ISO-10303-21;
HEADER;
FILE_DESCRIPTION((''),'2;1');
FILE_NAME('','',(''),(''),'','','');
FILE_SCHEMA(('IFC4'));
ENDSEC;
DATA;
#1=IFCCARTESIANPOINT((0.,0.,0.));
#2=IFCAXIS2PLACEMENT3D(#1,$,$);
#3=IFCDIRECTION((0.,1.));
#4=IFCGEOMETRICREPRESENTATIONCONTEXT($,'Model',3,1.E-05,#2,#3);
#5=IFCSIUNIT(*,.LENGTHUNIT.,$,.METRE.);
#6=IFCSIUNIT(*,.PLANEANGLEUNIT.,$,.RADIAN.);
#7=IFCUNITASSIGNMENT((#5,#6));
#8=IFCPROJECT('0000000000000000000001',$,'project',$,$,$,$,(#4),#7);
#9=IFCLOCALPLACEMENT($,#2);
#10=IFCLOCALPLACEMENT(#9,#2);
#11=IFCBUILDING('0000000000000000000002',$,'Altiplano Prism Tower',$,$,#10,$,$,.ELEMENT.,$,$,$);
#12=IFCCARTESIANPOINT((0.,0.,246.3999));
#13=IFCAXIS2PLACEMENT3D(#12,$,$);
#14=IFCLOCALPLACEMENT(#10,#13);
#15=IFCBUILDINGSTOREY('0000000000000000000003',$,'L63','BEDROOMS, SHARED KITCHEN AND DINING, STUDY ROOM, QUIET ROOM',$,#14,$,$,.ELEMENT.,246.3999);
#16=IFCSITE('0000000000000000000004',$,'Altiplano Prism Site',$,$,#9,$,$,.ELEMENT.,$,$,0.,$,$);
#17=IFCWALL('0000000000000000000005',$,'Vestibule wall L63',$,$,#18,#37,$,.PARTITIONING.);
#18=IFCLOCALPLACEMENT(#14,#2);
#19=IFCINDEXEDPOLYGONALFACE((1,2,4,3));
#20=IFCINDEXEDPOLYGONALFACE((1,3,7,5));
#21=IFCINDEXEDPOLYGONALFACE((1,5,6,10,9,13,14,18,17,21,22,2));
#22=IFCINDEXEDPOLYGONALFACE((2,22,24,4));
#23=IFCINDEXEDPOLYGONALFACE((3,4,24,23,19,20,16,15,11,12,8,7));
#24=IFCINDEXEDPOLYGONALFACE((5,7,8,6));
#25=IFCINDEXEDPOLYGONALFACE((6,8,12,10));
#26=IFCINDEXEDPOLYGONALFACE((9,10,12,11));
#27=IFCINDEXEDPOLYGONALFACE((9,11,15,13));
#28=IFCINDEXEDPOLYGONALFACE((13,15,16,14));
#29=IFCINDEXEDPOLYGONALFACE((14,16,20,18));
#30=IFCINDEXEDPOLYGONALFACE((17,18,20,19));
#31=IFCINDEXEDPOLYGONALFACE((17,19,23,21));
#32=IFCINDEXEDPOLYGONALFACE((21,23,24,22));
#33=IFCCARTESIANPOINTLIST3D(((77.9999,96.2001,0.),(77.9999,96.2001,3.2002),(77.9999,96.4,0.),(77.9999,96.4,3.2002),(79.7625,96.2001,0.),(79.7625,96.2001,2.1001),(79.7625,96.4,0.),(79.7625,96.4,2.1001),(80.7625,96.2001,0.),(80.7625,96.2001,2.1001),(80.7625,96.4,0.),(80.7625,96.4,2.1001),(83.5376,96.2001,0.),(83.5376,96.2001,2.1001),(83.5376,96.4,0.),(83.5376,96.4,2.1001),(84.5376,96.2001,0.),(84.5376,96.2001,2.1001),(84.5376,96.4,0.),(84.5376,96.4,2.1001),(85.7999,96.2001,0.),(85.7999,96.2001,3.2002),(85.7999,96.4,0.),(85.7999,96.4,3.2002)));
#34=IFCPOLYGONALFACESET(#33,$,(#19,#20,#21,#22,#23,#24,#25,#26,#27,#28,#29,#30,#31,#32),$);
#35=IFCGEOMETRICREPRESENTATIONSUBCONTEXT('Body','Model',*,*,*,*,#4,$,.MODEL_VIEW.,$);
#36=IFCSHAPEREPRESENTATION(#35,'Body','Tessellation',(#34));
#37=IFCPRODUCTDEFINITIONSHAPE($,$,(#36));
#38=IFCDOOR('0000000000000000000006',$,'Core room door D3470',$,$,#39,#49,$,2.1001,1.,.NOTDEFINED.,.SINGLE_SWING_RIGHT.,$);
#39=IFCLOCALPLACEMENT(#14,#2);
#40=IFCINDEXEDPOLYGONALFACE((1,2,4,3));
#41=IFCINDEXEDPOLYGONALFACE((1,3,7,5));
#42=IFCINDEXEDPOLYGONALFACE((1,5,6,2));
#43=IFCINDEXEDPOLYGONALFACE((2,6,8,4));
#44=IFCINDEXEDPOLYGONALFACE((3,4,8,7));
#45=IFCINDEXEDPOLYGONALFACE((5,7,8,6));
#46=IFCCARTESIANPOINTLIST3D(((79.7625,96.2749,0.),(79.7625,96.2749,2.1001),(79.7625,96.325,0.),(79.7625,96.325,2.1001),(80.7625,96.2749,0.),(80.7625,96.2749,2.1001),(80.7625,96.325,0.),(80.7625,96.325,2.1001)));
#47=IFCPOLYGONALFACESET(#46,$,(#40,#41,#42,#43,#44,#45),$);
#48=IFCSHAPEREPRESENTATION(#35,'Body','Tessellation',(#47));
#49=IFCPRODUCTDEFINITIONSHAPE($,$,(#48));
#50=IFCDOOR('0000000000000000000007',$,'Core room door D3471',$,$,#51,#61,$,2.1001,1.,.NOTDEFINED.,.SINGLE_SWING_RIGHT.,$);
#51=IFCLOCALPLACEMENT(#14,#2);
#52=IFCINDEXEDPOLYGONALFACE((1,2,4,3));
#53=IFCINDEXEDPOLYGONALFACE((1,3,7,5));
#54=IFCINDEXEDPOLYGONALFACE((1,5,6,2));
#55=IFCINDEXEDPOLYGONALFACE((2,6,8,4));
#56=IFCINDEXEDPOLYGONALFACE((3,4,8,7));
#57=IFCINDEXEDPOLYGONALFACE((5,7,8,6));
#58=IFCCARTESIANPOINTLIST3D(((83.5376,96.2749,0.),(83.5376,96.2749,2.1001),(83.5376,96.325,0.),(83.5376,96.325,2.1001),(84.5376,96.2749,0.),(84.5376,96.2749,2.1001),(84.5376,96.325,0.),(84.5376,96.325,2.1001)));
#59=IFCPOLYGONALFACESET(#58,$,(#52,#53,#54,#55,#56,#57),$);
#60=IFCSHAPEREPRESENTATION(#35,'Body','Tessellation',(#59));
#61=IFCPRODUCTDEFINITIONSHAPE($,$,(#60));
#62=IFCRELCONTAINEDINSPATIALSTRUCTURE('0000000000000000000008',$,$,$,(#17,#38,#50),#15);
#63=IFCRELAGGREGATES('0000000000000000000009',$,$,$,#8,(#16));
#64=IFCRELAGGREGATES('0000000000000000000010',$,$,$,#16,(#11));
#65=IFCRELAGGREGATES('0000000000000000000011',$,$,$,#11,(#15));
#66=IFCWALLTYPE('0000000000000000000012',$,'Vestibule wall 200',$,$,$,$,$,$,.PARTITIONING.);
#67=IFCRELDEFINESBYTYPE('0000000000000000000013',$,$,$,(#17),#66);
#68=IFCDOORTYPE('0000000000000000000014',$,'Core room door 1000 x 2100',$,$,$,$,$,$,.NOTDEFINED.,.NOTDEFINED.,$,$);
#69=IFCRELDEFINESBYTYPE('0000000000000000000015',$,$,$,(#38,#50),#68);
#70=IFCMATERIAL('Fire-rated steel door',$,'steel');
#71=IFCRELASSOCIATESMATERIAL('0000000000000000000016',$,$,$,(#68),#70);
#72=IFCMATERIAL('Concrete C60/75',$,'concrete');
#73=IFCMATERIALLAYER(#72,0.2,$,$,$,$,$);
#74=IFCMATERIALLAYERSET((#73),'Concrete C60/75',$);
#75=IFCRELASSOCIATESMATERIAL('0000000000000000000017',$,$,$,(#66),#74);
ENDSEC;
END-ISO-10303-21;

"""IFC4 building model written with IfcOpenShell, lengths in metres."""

from ifc_helpers import new_model, si_unit, direction, frame, frame_2d, origin, place, context, subcontext, project, spatial, rectangle, extrude, material, layer, layer_set, type_object, element, fill, save


model = new_model("IFC4")

# Units and contexts
model_context = context("Model", 3, precision=1e-05, world=origin(), true_north=direction((0.0, 1.0)))
body_context = subcontext(model_context, "Body", "Model", "MODEL_VIEW")
ifc_project = project(units=[si_unit("LENGTHUNIT", "METRE"), si_unit("PLANEANGLEUNIT", "RADIAN")], contexts=[model_context])

# Site, building, storey
site_placement = place(None, origin())
site = spatial("IfcSite", under=ifc_project, at=site_placement, Name="Altiplano Prism Site", CompositionType="ELEMENT", RefElevation=0.0)
building_placement = place(site_placement, origin())
building = spatial("IfcBuilding", under=site, at=building_placement, Name="Altiplano Prism Tower", CompositionType="ELEMENT")
storey_placement = place(building_placement, frame((0.0, 0.0, 246.3999)))
storey = spatial("IfcBuildingStorey", under=building, at=storey_placement, Name="L63", Description="BEDROOMS, SHARED KITCHEN AND DINING, STUDY ROOM, QUIET ROOM", CompositionType="ELEMENT", Elevation=246.3999)

# Shared definitions
ifc_material_1 = material(Name="Concrete C60/75", Category="concrete")
ifc_material_2 = material(Name="Fire-rated steel door", Category="steel")
door_type_1 = type_object("IfcDoorType", Name="Core room door 1000 x 2100", OperationType="NOTDEFINED", PredefinedType="NOTDEFINED", material=ifc_material_2)

# Shared definitions
ifc_layer_1 = layer(ifc_material_1, 0.2)
ifc_layer_set_1 = layer_set([ifc_layer_1], Name="Concrete C60/75")
wall_type_1 = type_object("IfcWallType", Name="Vestibule wall 200", PredefinedType="PARTITIONING", material=ifc_layer_set_1)

# Wall, openings, doors
wall_1_placement = place(storey_placement, frame((78.0, 96.3, 0.0), z_axis=(0.0, 0.0, 1.0), x_axis=(1.0, 0.0, 0.0)))
wall_1 = element("IfcWall", 1, at=wall_1_placement, inside=storey, type_object=wall_type_1, Name="Vestibule wall L63", PredefinedType="PARTITIONING", context=body_context, shape_type="SweptSolid", body=[
    extrude(rectangle(XDim=7.8, YDim=0.2, at=frame_2d((3.8999, 0.0))), origin(), (0.0, 0.0, 1.0), 3.2002),
])
opening_1_placement = place(wall_1_placement, frame((1.7625, 0.0, 0.0)))
opening_1 = element("IfcOpeningElement", 2, at=opening_1_placement, cuts=wall_1, PredefinedType="OPENING", context=body_context, shape_type="SweptSolid", body=[
    extrude(rectangle(XDim=1.0, YDim=2.1001, at=frame_2d((0.5, 1.05))), frame((0.0, 0.1104, 0.0), z_axis=(0.0, -1.0, 0.0), x_axis=(1.0, 0.0, 0.0)), (0.0, 0.0, 1.0), 0.2209),
])
opening_2_placement = place(wall_1_placement, frame((5.5376, 0.0, 0.0)))
opening_2 = element("IfcOpeningElement", 3, at=opening_2_placement, cuts=wall_1, PredefinedType="OPENING", context=body_context, shape_type="SweptSolid", body=[
    extrude(rectangle(XDim=1.0, YDim=2.1001, at=frame_2d((0.5, 1.05))), frame((0.0, 0.1104, 0.0), z_axis=(0.0, -1.0, 0.0), x_axis=(1.0, 0.0, 0.0)), (0.0, 0.0, 1.0), 0.2209),
])
door_1_placement = place(opening_1_placement, origin())
door_1 = element("IfcDoor", 4, at=door_1_placement, inside=storey, type_object=door_type_1, Name="Core room door D3470", OperationType="SINGLE_SWING_RIGHT", OverallHeight=2.1001, OverallWidth=1.0, PredefinedType="NOTDEFINED", context=body_context, shape_type="SweptSolid", body=[
    extrude(rectangle(XDim=1.0, YDim=2.1001, at=frame_2d((0.5, 1.05))), frame((0.0, 0.0249, 0.0), z_axis=(0.0, -1.0, 0.0), x_axis=(1.0, 0.0, 0.0)), (0.0, 0.0, 1.0), 0.05),
])
fill(opening_1, door_1)
door_2_placement = place(opening_2_placement, origin())
door_2 = element("IfcDoor", 5, at=door_2_placement, inside=storey, type_object=door_type_1, Name="Core room door D3471", OperationType="SINGLE_SWING_RIGHT", OverallHeight=2.1001, OverallWidth=1.0, PredefinedType="NOTDEFINED", context=body_context, shape_type="SweptSolid", body=[
    extrude(rectangle(XDim=1.0, YDim=2.1001, at=frame_2d((0.5, 1.05))), frame((0.0, 0.0249, 0.0), z_axis=(0.0, -1.0, 0.0), x_axis=(1.0, 0.0, 0.0)), (0.0, 0.0, 1.0), 0.05),
])
fill(opening_2, door_2)

save(model, "model.ifc")
